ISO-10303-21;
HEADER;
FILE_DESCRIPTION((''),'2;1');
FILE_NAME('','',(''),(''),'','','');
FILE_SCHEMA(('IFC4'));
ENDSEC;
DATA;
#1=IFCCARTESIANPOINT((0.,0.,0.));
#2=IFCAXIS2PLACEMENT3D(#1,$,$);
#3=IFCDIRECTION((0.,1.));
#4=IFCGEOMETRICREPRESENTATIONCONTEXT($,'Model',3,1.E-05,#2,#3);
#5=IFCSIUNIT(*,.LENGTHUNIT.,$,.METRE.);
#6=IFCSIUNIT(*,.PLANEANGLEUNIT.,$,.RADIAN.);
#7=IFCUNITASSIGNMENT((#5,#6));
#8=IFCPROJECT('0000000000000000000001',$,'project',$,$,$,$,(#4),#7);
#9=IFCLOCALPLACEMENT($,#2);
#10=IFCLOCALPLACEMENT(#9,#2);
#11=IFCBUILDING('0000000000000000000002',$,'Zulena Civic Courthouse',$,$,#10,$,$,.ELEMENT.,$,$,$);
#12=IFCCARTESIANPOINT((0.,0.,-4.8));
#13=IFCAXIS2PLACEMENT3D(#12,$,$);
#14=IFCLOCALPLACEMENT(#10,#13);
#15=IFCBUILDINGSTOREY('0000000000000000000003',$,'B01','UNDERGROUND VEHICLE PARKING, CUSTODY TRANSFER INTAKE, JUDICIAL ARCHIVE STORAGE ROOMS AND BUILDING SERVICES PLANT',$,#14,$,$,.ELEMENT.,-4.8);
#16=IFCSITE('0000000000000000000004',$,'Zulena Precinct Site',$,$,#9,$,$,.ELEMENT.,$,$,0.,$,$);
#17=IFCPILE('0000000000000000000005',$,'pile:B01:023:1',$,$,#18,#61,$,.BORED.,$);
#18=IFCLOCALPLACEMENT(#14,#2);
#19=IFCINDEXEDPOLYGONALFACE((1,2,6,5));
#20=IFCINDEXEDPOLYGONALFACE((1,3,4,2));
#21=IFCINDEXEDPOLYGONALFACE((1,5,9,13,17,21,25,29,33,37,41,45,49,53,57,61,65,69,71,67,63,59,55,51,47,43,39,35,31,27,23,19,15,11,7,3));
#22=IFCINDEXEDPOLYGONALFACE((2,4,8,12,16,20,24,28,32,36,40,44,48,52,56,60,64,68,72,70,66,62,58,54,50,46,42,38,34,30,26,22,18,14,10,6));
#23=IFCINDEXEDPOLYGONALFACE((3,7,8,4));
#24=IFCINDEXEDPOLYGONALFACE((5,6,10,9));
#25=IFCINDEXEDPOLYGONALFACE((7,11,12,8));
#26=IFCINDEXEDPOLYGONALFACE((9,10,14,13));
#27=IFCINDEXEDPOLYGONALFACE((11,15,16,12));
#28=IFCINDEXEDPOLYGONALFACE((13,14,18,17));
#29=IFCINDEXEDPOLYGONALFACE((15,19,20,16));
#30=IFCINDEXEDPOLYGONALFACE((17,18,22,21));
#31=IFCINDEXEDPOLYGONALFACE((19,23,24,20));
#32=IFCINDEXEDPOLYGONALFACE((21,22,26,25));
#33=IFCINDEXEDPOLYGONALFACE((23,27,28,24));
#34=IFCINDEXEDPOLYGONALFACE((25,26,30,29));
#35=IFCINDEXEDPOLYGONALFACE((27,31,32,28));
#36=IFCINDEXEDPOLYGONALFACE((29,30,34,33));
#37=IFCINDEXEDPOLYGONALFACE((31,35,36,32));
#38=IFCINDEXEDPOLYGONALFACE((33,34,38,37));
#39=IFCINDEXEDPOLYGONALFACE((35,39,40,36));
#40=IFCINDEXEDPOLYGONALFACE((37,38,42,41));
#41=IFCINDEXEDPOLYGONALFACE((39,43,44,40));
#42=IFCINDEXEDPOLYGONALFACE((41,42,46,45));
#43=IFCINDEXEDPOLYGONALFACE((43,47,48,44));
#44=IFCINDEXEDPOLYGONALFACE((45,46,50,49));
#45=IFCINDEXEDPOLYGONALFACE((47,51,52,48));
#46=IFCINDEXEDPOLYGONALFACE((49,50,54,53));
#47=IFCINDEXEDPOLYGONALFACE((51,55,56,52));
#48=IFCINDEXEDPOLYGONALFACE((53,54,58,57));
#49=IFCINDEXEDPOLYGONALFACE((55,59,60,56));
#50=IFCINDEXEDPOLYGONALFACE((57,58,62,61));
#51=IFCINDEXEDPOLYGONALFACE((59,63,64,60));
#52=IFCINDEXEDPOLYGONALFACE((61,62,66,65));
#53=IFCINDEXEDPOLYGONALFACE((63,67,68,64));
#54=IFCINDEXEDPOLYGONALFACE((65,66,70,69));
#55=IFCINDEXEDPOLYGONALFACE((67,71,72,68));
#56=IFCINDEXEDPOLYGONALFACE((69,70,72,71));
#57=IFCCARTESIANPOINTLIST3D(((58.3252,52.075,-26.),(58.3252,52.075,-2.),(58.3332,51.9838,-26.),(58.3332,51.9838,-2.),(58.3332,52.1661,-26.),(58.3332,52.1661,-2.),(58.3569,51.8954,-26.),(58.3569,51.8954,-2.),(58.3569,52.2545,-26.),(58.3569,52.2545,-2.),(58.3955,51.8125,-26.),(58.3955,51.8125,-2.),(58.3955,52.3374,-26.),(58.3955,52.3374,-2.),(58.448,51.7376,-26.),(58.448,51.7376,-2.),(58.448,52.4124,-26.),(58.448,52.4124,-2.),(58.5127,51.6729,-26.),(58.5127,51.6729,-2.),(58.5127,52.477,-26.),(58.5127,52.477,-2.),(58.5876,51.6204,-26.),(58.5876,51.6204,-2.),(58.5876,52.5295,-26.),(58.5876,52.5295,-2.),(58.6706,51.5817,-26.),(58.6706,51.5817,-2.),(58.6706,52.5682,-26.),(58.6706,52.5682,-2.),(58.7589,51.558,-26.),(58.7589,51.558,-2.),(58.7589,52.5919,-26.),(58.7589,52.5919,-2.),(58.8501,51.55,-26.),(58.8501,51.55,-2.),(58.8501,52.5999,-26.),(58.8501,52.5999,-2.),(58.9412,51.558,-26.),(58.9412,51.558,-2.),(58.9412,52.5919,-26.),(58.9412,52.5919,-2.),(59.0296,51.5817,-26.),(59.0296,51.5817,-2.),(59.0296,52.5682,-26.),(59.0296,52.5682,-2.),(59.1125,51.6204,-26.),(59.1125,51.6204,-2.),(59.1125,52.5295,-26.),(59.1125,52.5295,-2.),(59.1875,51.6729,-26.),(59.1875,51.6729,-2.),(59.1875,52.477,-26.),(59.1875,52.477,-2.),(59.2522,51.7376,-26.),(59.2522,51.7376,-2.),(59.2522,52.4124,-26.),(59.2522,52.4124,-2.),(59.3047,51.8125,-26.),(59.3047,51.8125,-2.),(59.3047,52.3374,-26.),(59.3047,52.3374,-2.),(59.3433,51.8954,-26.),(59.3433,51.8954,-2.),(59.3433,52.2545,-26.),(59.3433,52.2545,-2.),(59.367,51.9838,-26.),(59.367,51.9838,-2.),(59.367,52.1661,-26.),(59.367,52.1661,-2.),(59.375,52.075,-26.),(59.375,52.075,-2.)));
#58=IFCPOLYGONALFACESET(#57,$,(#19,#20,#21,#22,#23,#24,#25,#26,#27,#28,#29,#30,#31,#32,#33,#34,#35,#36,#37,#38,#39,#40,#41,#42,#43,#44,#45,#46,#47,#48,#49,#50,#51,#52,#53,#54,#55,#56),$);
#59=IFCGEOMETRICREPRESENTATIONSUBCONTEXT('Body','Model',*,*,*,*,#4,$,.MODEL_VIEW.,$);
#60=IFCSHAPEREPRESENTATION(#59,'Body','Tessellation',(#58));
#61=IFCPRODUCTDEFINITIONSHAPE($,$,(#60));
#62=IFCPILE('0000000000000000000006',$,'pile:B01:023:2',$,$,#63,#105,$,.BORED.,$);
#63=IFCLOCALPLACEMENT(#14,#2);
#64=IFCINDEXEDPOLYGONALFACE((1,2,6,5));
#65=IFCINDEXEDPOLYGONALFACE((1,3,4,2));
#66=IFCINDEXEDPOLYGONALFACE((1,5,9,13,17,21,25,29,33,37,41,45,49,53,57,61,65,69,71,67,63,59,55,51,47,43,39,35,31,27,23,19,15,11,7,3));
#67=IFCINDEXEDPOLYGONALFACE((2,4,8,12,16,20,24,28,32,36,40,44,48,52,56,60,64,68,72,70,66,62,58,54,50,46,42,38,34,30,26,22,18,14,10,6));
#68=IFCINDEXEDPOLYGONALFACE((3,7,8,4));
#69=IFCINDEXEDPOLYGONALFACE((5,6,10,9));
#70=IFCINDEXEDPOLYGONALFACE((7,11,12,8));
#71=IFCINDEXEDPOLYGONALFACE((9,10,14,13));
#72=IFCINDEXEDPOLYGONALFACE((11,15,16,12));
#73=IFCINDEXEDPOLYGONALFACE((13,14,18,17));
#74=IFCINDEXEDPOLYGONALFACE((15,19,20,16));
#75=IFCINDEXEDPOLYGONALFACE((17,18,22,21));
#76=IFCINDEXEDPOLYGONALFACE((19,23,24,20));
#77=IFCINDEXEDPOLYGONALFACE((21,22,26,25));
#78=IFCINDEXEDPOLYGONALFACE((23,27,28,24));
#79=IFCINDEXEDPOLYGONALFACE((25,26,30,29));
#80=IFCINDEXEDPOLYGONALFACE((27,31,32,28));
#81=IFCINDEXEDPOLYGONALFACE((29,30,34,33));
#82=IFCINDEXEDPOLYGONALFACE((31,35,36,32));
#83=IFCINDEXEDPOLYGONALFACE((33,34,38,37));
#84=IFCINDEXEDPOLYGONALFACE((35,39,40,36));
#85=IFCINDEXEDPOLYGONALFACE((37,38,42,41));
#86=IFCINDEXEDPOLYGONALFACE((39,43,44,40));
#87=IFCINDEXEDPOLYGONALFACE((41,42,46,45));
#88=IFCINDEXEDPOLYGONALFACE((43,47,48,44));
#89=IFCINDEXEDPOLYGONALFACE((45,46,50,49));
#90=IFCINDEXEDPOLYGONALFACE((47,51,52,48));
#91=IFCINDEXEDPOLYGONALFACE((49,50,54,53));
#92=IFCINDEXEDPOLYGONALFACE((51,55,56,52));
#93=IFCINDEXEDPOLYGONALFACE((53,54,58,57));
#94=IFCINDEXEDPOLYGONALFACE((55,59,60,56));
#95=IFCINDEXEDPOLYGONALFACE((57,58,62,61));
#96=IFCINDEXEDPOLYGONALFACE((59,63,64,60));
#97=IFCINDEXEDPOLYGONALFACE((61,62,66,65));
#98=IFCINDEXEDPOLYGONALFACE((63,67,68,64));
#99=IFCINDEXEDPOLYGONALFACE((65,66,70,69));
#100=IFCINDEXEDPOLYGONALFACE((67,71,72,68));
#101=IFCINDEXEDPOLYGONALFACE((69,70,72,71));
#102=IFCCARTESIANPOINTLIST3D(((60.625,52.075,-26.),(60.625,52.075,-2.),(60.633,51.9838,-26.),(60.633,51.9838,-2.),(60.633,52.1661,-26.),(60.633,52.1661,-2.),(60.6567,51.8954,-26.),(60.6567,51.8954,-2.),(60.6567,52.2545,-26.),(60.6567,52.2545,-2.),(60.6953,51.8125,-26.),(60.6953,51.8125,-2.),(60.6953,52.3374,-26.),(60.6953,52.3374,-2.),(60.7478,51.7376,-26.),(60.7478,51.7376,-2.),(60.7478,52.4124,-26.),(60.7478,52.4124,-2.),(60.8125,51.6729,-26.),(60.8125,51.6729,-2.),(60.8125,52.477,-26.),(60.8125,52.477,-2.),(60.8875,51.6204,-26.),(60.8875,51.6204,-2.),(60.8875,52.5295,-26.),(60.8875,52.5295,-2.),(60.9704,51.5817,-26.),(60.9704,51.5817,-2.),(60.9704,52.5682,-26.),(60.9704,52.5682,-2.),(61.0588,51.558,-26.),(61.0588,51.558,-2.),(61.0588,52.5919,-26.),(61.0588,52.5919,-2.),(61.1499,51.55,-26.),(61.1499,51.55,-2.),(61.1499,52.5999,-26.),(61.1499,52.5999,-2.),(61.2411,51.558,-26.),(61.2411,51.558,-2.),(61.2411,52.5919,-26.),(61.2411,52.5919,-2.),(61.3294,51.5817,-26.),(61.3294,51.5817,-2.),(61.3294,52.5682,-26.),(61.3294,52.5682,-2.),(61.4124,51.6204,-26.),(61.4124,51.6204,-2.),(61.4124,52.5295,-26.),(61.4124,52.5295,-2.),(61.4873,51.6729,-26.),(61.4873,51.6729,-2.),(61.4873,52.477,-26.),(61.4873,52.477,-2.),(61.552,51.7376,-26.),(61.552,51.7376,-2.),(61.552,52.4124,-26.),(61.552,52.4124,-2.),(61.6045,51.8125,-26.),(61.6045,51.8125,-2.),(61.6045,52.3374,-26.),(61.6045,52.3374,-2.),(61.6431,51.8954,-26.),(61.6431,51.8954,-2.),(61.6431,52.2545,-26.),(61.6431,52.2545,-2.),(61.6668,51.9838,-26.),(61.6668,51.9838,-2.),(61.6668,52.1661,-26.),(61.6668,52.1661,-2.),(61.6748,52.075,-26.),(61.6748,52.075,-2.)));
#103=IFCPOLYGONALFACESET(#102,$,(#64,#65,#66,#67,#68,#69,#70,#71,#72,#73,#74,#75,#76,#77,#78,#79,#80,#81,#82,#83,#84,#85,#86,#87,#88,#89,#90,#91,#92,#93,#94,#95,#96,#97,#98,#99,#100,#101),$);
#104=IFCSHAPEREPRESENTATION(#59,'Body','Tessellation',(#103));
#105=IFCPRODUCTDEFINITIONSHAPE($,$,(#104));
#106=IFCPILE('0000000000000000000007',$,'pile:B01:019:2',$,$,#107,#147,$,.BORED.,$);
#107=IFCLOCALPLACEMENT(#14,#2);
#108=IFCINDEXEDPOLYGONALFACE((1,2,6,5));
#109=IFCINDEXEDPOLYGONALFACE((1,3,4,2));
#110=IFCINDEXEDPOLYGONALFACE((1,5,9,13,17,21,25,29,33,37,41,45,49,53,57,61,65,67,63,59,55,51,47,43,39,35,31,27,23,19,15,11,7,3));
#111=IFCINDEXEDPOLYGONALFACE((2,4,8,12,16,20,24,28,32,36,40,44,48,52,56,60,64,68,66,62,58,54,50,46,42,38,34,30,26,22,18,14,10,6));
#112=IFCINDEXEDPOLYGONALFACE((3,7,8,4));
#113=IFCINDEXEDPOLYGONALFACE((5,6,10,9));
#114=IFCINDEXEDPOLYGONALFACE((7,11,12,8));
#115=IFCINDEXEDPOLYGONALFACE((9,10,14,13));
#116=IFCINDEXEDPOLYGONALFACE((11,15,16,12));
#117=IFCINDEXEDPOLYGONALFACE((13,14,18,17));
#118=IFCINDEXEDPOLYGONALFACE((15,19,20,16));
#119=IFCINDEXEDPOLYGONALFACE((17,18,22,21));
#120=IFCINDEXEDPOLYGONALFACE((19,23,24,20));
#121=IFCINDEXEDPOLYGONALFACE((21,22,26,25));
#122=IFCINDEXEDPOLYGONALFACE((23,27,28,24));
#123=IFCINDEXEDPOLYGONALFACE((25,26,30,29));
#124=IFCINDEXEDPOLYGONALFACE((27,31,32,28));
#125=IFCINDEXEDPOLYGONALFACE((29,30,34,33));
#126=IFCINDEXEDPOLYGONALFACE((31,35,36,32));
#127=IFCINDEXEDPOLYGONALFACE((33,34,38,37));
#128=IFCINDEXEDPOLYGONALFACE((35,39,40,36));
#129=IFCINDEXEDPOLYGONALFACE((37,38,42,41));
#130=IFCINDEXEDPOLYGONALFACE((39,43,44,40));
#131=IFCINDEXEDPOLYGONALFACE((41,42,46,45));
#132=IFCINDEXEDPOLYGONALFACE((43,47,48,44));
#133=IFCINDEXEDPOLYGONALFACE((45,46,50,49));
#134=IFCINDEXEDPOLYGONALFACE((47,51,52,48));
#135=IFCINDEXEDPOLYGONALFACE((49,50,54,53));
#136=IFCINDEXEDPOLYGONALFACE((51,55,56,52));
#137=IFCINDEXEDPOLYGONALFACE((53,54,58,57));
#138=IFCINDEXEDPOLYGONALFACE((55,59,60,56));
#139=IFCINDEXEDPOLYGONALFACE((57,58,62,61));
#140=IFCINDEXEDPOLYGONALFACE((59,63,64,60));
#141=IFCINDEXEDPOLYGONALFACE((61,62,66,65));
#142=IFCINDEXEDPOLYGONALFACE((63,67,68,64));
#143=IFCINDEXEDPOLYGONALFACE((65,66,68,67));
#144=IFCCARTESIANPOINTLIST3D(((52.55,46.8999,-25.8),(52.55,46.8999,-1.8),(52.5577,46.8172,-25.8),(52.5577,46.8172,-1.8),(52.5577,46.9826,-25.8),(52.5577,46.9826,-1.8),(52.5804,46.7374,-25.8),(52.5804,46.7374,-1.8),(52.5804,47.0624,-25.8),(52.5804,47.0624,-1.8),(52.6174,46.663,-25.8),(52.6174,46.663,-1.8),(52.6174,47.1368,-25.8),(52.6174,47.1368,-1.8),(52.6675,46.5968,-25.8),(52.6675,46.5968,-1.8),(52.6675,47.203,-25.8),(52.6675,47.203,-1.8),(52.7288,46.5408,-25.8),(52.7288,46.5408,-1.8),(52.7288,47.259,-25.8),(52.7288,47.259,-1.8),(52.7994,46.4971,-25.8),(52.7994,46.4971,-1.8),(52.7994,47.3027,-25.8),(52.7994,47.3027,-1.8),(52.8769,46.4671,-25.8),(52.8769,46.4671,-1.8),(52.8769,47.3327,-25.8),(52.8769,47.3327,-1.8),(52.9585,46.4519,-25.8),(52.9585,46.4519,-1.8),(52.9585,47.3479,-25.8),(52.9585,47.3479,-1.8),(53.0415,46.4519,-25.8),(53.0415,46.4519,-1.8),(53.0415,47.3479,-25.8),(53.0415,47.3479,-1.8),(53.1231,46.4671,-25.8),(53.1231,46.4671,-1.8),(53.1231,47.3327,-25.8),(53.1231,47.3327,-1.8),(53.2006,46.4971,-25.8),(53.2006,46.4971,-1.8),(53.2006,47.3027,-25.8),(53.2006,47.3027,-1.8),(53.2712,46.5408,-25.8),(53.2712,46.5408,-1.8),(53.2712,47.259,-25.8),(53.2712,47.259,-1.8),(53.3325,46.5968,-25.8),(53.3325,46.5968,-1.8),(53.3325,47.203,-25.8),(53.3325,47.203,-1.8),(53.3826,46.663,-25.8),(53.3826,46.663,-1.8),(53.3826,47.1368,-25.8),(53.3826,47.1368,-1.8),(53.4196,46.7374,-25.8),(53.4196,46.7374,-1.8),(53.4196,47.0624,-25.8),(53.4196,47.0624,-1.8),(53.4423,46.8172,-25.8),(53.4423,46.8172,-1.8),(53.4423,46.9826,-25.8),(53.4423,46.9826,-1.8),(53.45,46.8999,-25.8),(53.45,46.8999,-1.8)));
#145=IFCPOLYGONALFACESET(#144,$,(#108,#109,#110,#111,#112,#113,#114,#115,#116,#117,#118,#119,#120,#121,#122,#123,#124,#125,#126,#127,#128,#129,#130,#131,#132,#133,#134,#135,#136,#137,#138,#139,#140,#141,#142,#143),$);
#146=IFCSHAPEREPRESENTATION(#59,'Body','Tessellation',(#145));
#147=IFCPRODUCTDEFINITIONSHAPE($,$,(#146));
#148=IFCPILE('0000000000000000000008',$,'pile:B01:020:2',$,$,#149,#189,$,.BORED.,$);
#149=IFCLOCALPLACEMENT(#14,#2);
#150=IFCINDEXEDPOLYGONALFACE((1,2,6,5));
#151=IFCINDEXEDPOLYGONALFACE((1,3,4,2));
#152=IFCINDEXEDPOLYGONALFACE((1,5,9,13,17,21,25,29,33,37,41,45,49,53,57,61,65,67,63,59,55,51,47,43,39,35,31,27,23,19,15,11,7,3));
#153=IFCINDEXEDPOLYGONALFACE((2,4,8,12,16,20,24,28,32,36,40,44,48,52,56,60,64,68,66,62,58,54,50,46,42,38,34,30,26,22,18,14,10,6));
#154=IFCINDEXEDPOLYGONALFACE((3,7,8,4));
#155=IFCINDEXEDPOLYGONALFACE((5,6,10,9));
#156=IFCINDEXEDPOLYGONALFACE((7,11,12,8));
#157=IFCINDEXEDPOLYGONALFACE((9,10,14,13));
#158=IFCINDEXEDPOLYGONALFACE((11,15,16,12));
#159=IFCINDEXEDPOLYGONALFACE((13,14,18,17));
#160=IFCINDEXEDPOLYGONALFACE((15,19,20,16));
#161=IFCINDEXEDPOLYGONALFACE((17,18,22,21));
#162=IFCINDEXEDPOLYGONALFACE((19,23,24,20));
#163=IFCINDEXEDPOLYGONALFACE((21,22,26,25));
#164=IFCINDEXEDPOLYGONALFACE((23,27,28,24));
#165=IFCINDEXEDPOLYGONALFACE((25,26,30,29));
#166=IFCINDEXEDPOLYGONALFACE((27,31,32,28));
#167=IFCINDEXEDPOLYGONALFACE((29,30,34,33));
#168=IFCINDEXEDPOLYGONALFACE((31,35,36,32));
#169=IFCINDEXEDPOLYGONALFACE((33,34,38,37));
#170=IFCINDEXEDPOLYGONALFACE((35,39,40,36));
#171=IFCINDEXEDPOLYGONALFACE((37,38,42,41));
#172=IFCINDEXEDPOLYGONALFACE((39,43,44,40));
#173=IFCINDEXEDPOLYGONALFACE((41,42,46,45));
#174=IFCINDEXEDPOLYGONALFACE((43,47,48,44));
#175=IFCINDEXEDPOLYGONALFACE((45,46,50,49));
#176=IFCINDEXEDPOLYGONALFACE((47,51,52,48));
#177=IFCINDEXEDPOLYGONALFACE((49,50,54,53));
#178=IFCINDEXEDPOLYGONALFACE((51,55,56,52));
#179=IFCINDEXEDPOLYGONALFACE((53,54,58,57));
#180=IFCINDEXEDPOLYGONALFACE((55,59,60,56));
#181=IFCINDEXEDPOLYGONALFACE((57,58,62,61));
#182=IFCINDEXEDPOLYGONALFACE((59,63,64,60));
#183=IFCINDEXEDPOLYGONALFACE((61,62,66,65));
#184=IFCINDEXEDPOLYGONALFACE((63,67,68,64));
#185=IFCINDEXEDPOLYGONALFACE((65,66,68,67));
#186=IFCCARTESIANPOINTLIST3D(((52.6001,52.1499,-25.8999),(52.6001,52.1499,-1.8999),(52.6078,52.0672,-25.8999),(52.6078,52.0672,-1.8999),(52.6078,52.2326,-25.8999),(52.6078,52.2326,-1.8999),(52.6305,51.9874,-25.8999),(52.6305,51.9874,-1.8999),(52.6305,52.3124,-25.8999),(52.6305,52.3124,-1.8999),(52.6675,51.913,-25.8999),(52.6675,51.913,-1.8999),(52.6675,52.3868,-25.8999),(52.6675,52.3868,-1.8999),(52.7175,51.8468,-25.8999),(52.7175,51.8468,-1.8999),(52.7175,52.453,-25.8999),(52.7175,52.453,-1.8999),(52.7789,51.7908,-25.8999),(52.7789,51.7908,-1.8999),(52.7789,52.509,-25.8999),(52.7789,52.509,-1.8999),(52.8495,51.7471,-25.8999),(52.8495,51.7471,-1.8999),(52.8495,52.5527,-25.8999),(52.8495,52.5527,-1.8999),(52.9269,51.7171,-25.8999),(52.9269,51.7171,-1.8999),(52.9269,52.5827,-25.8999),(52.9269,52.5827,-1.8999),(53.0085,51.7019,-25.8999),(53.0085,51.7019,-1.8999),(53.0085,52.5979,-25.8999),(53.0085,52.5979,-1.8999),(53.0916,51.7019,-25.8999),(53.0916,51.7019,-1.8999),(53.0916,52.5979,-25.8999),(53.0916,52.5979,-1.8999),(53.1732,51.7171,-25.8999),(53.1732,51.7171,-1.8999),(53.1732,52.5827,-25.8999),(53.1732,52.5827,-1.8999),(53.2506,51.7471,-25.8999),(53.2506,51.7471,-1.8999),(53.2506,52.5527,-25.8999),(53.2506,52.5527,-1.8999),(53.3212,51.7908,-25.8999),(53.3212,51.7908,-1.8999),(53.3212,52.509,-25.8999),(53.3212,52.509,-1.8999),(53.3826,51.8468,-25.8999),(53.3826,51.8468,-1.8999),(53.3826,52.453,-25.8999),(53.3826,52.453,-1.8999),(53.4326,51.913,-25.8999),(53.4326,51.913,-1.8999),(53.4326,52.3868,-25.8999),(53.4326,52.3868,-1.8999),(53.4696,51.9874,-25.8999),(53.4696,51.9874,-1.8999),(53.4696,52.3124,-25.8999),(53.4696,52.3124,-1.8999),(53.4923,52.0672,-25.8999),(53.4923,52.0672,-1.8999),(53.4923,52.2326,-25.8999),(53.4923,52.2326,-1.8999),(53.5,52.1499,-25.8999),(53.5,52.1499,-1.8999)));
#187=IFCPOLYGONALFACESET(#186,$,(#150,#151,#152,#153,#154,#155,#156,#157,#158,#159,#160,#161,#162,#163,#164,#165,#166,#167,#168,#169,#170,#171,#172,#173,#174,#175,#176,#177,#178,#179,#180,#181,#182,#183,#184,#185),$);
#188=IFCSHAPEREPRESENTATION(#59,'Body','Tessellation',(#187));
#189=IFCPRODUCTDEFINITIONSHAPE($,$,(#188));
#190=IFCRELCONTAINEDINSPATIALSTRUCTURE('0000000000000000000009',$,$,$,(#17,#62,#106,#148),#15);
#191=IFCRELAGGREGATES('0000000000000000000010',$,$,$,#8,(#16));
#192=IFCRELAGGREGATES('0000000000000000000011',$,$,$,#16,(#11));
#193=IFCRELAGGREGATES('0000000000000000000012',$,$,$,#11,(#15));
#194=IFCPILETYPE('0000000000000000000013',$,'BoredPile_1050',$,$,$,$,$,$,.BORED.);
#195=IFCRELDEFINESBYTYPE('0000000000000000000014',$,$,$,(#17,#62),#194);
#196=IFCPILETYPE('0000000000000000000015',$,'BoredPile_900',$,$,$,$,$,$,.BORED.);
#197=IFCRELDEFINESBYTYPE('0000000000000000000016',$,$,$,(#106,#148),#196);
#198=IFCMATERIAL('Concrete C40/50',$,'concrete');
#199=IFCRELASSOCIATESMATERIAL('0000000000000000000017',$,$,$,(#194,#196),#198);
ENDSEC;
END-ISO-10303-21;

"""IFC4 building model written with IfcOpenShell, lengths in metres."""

from ifc_helpers import new_model, si_unit, direction, frame, origin, origin_2d, place, context, subcontext, project, spatial, circle, extrude, material, material_profile, profile_set, type_object, element, save


model = new_model("IFC4")

# Units and contexts
model_context = context("Model", 3, precision=1e-05, world=origin(), true_north=direction((0.0, 1.0)))
body_context = subcontext(model_context, "Body", "Model", "MODEL_VIEW")
ifc_project = project(units=[si_unit("LENGTHUNIT", "METRE"), si_unit("PLANEANGLEUNIT", "RADIAN")], contexts=[model_context])

# Site, building, storey
site_placement = place(None, origin())
site = spatial("IfcSite", under=ifc_project, at=site_placement, Name="Zulena Precinct Site", CompositionType="ELEMENT", RefElevation=0.0)
building_placement = place(site_placement, origin())
building = spatial("IfcBuilding", under=site, at=building_placement, Name="Zulena Civic Courthouse", CompositionType="ELEMENT")
storey_placement = place(building_placement, frame((0.0, 0.0, -4.8)))
storey = spatial("IfcBuildingStorey", under=building, at=storey_placement, Name="B01", Description="UNDERGROUND VEHICLE PARKING, CUSTODY TRANSFER INTAKE, JUDICIAL ARCHIVE STORAGE ROOMS AND BUILDING SERVICES PLANT", CompositionType="ELEMENT", Elevation=-4.8)

# Piles
ifc_material_1 = material(Name="Concrete C40/50", Category="concrete")
ifc_material_profile_1 = material_profile(ifc_material_1, circle(Radius=0.5249, at=origin_2d()), Name="PILE1050")
ifc_profile_set_1 = profile_set([ifc_material_profile_1], Name="Concrete C40/50")
pile_type_1 = type_object("IfcPileType", Name="BoredPile_1050", PredefinedType="BORED", material=ifc_profile_set_1)
for number, where, z_axis, x_axis, name in (
    (1, (58.8501, 52.075, -2.0), (0.0, 0.0, -1.0), (1.0, 0.0, 0.0), "pile:B01:023:1"),
    (2, (61.1499, 52.075, -2.0), (0.0, 0.0, -1.0), (1.0, 0.0, 0.0), "pile:B01:023:2"),
):
    element("IfcPile", number, at=place(storey_placement, frame(where, z_axis=z_axis, x_axis=x_axis)), inside=storey, type_object=pile_type_1, Name=name, PredefinedType="BORED", context=body_context, shape_type="SweptSolid", body=[
        extrude(circle(Radius=0.5249, at=origin_2d()), origin(), (0.0, 0.0, 1.0), 24.0),
    ])
ifc_material_profile_2 = material_profile(ifc_material_1, circle(Radius=0.45, at=origin_2d()), Name="PILE900")
ifc_profile_set_2 = profile_set([ifc_material_profile_2], Name="Concrete C40/50")
pile_type_2 = type_object("IfcPileType", Name="BoredPile_900", PredefinedType="BORED", material=ifc_profile_set_2)
for number, where, z_axis, x_axis, name in (
    (3, (53.0, 46.8999, -1.8), (0.0, 0.0, -1.0), (1.0, 0.0, 0.0), "pile:B01:019:2"),
    (4, (53.05, 52.1499, -1.8999), (0.0, 0.0, -1.0), (1.0, 0.0, 0.0), "pile:B01:020:2"),
):
    element("IfcPile", number, at=place(storey_placement, frame(where, z_axis=z_axis, x_axis=x_axis)), inside=storey, type_object=pile_type_2, Name=name, PredefinedType="BORED", context=body_context, shape_type="SweptSolid", body=[
        extrude(circle(Radius=0.45, at=origin_2d()), origin(), (0.0, 0.0, 1.0), 24.0),
    ])

save(model, "model.ifc")
